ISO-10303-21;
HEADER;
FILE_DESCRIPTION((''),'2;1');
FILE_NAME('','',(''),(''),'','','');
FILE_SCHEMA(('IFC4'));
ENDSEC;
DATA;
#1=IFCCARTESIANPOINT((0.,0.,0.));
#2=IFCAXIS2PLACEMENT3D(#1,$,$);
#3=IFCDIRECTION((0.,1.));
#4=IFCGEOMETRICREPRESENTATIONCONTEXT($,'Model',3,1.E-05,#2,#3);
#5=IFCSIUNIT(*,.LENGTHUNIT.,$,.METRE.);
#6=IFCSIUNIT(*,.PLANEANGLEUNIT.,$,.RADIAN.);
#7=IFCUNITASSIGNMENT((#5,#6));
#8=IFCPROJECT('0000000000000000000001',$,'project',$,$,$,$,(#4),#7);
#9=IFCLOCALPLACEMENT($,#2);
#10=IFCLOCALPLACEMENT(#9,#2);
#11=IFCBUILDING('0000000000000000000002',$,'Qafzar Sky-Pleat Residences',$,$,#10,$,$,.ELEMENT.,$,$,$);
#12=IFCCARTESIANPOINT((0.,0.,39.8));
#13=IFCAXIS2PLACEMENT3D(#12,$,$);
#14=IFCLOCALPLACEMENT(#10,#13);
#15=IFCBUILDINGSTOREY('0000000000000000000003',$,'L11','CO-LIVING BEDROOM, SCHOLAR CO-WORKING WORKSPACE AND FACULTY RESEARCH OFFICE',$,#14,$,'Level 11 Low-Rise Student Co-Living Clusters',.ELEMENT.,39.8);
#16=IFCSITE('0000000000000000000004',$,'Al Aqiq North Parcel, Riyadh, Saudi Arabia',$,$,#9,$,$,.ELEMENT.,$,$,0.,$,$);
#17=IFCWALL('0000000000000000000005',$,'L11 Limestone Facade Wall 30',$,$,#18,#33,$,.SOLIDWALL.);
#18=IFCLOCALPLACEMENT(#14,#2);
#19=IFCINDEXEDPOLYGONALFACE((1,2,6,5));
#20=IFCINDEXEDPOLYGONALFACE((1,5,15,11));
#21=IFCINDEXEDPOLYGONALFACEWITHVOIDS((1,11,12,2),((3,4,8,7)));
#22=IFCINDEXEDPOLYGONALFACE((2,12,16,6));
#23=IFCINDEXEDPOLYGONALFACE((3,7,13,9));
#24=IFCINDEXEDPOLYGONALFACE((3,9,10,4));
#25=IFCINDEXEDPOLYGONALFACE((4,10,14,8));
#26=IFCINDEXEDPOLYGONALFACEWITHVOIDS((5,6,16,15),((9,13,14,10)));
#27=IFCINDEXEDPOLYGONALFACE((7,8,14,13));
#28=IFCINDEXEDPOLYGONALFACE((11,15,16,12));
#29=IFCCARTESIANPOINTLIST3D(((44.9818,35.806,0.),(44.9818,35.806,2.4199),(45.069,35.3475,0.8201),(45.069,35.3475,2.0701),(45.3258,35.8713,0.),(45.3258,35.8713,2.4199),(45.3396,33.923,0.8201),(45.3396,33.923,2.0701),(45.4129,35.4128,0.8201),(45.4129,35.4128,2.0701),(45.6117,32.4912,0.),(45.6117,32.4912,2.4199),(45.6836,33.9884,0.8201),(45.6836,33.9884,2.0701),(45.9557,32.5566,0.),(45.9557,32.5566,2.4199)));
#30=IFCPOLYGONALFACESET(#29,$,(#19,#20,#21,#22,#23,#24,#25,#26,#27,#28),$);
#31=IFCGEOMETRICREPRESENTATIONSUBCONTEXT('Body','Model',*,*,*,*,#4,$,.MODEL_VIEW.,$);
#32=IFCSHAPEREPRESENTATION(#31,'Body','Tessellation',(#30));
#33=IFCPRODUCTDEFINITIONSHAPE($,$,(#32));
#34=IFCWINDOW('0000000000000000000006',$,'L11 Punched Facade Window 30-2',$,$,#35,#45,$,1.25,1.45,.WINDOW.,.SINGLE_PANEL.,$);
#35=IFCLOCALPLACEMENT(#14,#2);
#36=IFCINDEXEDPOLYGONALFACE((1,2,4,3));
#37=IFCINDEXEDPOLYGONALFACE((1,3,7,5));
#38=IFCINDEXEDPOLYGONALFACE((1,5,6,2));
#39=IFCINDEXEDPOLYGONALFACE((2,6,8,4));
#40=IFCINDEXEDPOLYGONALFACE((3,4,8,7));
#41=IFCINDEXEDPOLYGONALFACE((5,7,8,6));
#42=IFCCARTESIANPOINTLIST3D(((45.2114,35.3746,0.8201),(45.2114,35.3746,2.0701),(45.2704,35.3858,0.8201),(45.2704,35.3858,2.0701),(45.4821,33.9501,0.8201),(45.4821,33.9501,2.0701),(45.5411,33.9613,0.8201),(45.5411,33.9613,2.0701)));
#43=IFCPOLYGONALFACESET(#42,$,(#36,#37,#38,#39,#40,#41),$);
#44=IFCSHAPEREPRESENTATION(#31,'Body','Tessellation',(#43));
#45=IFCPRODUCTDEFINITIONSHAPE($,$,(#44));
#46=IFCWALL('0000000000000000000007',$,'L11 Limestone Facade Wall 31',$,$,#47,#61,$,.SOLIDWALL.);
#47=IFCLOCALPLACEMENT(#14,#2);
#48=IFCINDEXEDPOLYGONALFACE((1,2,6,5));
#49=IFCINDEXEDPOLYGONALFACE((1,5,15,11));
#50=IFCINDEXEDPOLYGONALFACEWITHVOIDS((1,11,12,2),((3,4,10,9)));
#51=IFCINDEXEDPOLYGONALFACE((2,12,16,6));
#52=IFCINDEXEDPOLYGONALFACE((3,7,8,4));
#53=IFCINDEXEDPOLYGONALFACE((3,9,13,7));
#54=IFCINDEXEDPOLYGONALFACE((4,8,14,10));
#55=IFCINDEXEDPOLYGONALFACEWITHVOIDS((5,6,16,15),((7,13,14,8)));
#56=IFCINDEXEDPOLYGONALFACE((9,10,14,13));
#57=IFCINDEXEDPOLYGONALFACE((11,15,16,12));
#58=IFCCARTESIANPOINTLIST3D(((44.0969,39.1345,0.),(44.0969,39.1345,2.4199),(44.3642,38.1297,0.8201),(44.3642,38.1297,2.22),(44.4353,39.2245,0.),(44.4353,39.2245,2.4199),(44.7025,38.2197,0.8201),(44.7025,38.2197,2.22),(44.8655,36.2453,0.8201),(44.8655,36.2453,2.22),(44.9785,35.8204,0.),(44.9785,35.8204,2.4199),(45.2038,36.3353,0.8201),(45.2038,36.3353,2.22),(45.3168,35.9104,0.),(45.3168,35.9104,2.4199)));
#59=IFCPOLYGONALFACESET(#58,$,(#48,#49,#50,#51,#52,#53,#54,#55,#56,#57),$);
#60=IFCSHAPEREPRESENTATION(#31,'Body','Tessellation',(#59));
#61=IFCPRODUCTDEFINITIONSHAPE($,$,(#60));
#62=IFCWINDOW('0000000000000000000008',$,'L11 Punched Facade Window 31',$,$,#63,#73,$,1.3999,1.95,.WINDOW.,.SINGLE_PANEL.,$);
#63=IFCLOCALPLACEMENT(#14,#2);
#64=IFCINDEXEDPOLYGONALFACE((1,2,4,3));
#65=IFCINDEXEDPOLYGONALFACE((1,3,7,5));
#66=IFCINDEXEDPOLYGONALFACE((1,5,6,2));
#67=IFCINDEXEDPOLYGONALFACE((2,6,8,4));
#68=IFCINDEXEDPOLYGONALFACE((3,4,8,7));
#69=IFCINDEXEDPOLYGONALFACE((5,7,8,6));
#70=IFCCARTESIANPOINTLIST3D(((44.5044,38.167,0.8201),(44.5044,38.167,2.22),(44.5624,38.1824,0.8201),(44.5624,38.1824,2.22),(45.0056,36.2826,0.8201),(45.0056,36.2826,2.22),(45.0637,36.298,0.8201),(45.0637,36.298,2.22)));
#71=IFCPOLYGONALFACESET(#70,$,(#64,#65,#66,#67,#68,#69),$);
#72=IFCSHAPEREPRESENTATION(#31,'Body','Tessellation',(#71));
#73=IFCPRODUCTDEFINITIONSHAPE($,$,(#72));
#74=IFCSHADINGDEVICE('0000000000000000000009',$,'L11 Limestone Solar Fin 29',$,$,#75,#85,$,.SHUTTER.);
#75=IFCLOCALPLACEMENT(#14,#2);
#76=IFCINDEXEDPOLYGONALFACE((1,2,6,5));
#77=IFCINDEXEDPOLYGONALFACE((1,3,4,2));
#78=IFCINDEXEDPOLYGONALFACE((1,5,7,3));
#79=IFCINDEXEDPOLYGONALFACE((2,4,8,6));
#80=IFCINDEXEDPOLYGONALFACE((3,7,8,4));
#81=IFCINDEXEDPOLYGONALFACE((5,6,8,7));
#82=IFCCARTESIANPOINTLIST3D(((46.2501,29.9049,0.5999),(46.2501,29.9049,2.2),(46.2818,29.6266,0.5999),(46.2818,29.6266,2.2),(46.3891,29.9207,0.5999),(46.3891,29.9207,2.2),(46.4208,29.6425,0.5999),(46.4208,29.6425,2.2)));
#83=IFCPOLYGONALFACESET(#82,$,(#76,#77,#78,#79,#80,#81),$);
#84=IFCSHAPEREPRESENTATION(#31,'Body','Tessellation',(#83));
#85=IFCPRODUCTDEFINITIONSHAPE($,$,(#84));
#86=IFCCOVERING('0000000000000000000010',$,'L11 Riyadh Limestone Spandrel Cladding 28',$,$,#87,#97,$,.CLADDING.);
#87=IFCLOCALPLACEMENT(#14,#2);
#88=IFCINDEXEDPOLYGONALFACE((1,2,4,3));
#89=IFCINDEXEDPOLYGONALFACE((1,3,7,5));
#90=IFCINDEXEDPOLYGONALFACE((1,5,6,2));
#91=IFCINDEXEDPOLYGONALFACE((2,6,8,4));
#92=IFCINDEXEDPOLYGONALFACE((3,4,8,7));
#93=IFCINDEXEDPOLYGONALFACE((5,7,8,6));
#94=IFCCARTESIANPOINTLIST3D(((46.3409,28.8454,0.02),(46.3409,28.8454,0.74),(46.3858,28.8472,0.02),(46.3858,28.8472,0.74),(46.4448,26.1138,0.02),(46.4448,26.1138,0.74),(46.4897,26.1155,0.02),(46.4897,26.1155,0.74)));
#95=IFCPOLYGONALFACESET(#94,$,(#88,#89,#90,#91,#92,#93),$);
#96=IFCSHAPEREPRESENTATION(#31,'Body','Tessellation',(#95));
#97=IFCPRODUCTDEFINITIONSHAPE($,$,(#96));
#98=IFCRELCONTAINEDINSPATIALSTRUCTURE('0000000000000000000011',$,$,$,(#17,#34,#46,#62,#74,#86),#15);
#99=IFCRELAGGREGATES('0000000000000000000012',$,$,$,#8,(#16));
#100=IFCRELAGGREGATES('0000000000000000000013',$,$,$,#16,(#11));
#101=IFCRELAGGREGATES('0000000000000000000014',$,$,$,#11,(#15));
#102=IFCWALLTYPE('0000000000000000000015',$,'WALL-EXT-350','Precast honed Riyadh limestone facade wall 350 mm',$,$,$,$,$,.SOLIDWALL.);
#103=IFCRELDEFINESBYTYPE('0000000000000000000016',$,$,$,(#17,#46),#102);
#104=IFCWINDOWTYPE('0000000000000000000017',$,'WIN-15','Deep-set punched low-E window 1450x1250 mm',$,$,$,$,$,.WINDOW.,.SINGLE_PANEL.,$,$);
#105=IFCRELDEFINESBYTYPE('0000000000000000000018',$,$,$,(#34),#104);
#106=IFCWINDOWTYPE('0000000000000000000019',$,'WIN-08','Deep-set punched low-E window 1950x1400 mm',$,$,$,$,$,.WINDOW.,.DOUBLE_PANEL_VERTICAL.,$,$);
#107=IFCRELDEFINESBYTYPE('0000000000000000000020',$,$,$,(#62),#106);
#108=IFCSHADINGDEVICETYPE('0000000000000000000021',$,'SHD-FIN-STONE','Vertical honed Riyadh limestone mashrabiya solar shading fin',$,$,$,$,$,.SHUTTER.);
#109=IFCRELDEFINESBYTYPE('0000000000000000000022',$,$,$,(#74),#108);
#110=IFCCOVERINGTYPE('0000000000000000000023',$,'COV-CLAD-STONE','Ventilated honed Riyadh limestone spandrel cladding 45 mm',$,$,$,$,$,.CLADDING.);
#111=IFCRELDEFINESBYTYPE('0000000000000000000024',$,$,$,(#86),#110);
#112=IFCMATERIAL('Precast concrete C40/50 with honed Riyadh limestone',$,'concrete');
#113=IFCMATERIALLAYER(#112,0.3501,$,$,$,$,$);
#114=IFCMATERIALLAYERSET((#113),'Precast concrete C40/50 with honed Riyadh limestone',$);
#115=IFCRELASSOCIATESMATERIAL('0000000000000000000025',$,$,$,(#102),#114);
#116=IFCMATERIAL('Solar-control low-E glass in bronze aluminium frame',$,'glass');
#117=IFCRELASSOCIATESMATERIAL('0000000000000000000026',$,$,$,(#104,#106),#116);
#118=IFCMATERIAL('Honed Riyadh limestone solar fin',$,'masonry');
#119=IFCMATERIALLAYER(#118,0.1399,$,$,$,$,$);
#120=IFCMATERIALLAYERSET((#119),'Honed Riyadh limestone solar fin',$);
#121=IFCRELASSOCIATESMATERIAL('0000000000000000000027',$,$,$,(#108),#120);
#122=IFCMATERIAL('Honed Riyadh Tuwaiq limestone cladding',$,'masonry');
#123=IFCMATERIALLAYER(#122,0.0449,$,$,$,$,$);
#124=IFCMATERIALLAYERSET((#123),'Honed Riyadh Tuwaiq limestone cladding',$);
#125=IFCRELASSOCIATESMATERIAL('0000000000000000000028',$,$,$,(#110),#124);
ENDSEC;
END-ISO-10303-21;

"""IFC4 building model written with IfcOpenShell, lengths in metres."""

from ifc_helpers import new_model, si_unit, direction, frame, frame_2d, origin, origin_2d, place, context, subcontext, project, spatial, rectangle, extrude, source, transform, mapped, material, layer, layer_set, type_object, element, fill, save


model = new_model("IFC4")

# Units and contexts
model_context = context("Model", 3, precision=1e-05, world=origin(), true_north=direction((0.0, 1.0)))
body_context = subcontext(model_context, "Body", "Model", "MODEL_VIEW")
ifc_project = project(units=[si_unit("LENGTHUNIT", "METRE"), si_unit("PLANEANGLEUNIT", "RADIAN")], contexts=[model_context])

# Site, building, storey
site_placement = place(None, origin())
site = spatial("IfcSite", under=ifc_project, at=site_placement, Name="Al Aqiq North Parcel, Riyadh, Saudi Arabia", CompositionType="ELEMENT", RefElevation=0.0)
building_placement = place(site_placement, origin())
building = spatial("IfcBuilding", under=site, at=building_placement, Name="Qafzar Sky-Pleat Residences", CompositionType="ELEMENT")
storey_placement = place(building_placement, frame((0.0, 0.0, 39.8)))
storey = spatial("IfcBuildingStorey", under=building, at=storey_placement, Name="L11", Description="CO-LIVING BEDROOM, SCHOLAR CO-WORKING WORKSPACE AND FACULTY RESEARCH OFFICE", LongName="Level 11 Low-Rise Student Co-Living Clusters", CompositionType="ELEMENT", Elevation=39.8)

# Shared definitions
ifc_material_1 = material(Name="Precast concrete C40/50 with honed Riyadh limestone", Category="concrete")
ifc_layer_1 = layer(ifc_material_1, 0.3501)
ifc_layer_set_1 = layer_set([ifc_layer_1], Name="Precast concrete C40/50 with honed Riyadh limestone")
wall_type_1 = type_object("IfcWallType", Name="WALL-EXT-350", Description="Precast honed Riyadh limestone facade wall 350 mm", PredefinedType="SOLIDWALL", material=ifc_layer_set_1)
ifc_material_2 = material(Name="Solar-control low-E glass in bronze aluminium frame", Category="glass")
window_type_1 = type_object("IfcWindowType", Name="WIN-15", Description="Deep-set punched low-E window 1450x1250 mm", PartitioningType="SINGLE_PANEL", PredefinedType="WINDOW", material=ifc_material_2)
shared_shape_1 = source(origin(), body_context, "Body", "SweptSolid", [
    extrude(rectangle(XDim=1.45, YDim=1.25, at=frame_2d((0.7251, 0.625))), frame((0.0, 0.03, 0.0), z_axis=(0.0, -1.0, 0.0), x_axis=(1.0, 0.0, 0.0)), (0.0, 0.0, 1.0), 0.0601),
])

# Walls, openings, windows
wall_1_placement = place(storey_placement, frame((45.7837, 32.5239, 0.0), z_axis=(0.0, 0.0, 1.0), x_axis=(-0.186686, 0.98242, 0.0)))
wall_1 = element("IfcWall", 1, at=wall_1_placement, inside=storey, type_object=wall_type_1, Name="L11 Limestone Facade Wall 30", PredefinedType="SOLIDWALL", context=body_context, shape_type="SweptSolid", body=[
    extrude(rectangle(XDim=3.374, YDim=0.3501, at=frame_2d((1.687, 0.0))), origin(), (0.0, 0.0, 1.0), 2.4199),
])
opening_1_placement = place(wall_1_placement, frame((1.4573, 0.0, 0.8201)))
opening_1 = element("IfcOpeningElement", 2, at=opening_1_placement, cuts=wall_1, PredefinedType="OPENING", context=body_context, shape_type="SweptSolid", body=[
    extrude(rectangle(XDim=1.45, YDim=1.25, at=frame_2d((0.7251, 0.625))), frame((0.0, 0.1851, 0.0), z_axis=(0.0, -1.0, 0.0), x_axis=(1.0, 0.0, 0.0)), (0.0, 0.0, 1.0), 0.3701),
])
window_1_placement = place(opening_1_placement, origin())
window_1 = element("IfcWindow", 3, at=window_1_placement, inside=storey, type_object=window_type_1, Name="L11 Punched Facade Window 30-2", OverallHeight=1.25, OverallWidth=1.45, PartitioningType="SINGLE_PANEL", PredefinedType="WINDOW", context=body_context, shape_type="MappedRepresentation", body=[
    mapped(shared_shape_1, transform((0.0, 0.0, 0.0), x_axis=(1.0, 0.0, 0.0), y_axis=(0.0, 1.0, 0.0), z_axis=(0.0, 0.0, 1.0), scale=1.0)),
])
fill(opening_1, window_1)
wall_2_placement = place(storey_placement, frame((45.1477, 35.8652, 0.0), z_axis=(0.0, 0.0, 1.0), x_axis=(-0.257064, 0.966394, 0.0)))
wall_2 = element("IfcWall", 4, at=wall_2_placement, inside=storey, type_object=wall_type_1, Name="L11 Limestone Facade Wall 31", PredefinedType="SOLIDWALL", context=body_context, shape_type="SweptSolid", body=[
    extrude(rectangle(XDim=3.4294, YDim=0.3501, at=frame_2d((1.7148, 0.0))), origin(), (0.0, 0.0, 1.0), 2.4199),
])
opening_2_placement = place(wall_2_placement, frame((0.4397, 0.0, 0.8201)))
opening_2 = element("IfcOpeningElement", 5, at=opening_2_placement, cuts=wall_2, PredefinedType="OPENING", context=body_context, shape_type="SweptSolid", body=[
    extrude(rectangle(XDim=1.95, YDim=1.3999, at=frame_2d((0.9751, 0.7))), frame((0.0, 0.1851, 0.0), z_axis=(0.0, -1.0, 0.0), x_axis=(1.0, 0.0, 0.0)), (0.0, 0.0, 1.0), 0.3701),
])
window_type_2 = type_object("IfcWindowType", Name="WIN-08", Description="Deep-set punched low-E window 1950x1400 mm", PartitioningType="DOUBLE_PANEL_VERTICAL", PredefinedType="WINDOW", material=ifc_material_2)
shared_shape_2 = source(origin(), body_context, "Body", "SweptSolid", [
    extrude(rectangle(XDim=1.95, YDim=1.3999, at=frame_2d((0.9751, 0.7))), frame((0.0, 0.03, 0.0), z_axis=(0.0, -1.0, 0.0), x_axis=(1.0, 0.0, 0.0)), (0.0, 0.0, 1.0), 0.0601),
])
window_2_placement = place(opening_2_placement, origin())
window_2 = element("IfcWindow", 6, at=window_2_placement, inside=storey, type_object=window_type_2, Name="L11 Punched Facade Window 31", OverallHeight=1.3999, OverallWidth=1.95, PartitioningType="SINGLE_PANEL", PredefinedType="WINDOW", context=body_context, shape_type="MappedRepresentation", body=[
    mapped(shared_shape_2, transform((0.0, 0.0, 0.0), x_axis=(1.0, 0.0, 0.0), y_axis=(0.0, 1.0, 0.0), z_axis=(0.0, 0.0, 1.0), scale=1.0)),
])
fill(opening_2, window_2)

# Shading device
ifc_material_3 = material(Name="Honed Riyadh limestone solar fin", Category="masonry")
ifc_layer_2 = layer(ifc_material_3, 0.1399)
ifc_layer_set_2 = layer_set([ifc_layer_2], Name="Honed Riyadh limestone solar fin")
shading_device_type = type_object("IfcShadingDeviceType", Name="SHD-FIN-STONE", Description="Vertical honed Riyadh limestone mashrabiya solar shading fin", PredefinedType="SHUTTER", material=ifc_layer_set_2)
shared_shape_3 = source(origin(), body_context, "Body", "SweptSolid", [
    extrude(rectangle(XDim=0.1399, YDim=0.28, at=origin_2d()), origin(), (0.0, 0.0, 1.0), 1.6001),
])
shading_device_placement = place(storey_placement, frame((46.3354, 29.7737, 0.5999), z_axis=(0.0, 0.0, 1.0), x_axis=(0.993566, 0.113253, 0.0)))
element("IfcShadingDevice", 7, at=shading_device_placement, inside=storey, type_object=shading_device_type, Name="L11 Limestone Solar Fin 29", PredefinedType="SHUTTER", context=body_context, shape_type="MappedRepresentation", body=[
    mapped(shared_shape_3, transform((0.0, 0.0, 0.0), x_axis=(1.0, 0.0, 0.0), y_axis=(0.0, 1.0, 0.0), z_axis=(0.0, 0.0, 1.0), scale=1.0)),
])

# Covering
ifc_material_4 = material(Name="Honed Riyadh Tuwaiq limestone cladding", Category="masonry")
ifc_layer_3 = layer(ifc_material_4, 0.0449)
ifc_layer_set_3 = layer_set([ifc_layer_3], Name="Honed Riyadh Tuwaiq limestone cladding")
covering_type = type_object("IfcCoveringType", Name="COV-CLAD-STONE", Description="Ventilated honed Riyadh limestone spandrel cladding 45 mm", PredefinedType="CLADDING", material=ifc_layer_set_3)
shared_shape_4 = source(origin(), body_context, "Body", "SweptSolid", [
    extrude(rectangle(XDim=2.7336, YDim=0.0449, at=origin_2d()), origin(), (0.0, 0.0, 1.0), 0.72),
])
covering_placement = place(storey_placement, frame((46.4153, 27.4805, 0.02), z_axis=(0.0, 0.0, 1.0), x_axis=(-0.037993, 0.999278, 0.0)))
element("IfcCovering", 8, at=covering_placement, inside=storey, type_object=covering_type, Name="L11 Riyadh Limestone Spandrel Cladding 28", PredefinedType="CLADDING", context=body_context, shape_type="MappedRepresentation", body=[
    mapped(shared_shape_4, transform((0.0, 0.0, 0.0), x_axis=(1.0, 0.0, 0.0), y_axis=(0.0, 1.0, 0.0), z_axis=(0.0, 0.0, 1.0), scale=1.0)),
])

save(model, "model.ifc")
